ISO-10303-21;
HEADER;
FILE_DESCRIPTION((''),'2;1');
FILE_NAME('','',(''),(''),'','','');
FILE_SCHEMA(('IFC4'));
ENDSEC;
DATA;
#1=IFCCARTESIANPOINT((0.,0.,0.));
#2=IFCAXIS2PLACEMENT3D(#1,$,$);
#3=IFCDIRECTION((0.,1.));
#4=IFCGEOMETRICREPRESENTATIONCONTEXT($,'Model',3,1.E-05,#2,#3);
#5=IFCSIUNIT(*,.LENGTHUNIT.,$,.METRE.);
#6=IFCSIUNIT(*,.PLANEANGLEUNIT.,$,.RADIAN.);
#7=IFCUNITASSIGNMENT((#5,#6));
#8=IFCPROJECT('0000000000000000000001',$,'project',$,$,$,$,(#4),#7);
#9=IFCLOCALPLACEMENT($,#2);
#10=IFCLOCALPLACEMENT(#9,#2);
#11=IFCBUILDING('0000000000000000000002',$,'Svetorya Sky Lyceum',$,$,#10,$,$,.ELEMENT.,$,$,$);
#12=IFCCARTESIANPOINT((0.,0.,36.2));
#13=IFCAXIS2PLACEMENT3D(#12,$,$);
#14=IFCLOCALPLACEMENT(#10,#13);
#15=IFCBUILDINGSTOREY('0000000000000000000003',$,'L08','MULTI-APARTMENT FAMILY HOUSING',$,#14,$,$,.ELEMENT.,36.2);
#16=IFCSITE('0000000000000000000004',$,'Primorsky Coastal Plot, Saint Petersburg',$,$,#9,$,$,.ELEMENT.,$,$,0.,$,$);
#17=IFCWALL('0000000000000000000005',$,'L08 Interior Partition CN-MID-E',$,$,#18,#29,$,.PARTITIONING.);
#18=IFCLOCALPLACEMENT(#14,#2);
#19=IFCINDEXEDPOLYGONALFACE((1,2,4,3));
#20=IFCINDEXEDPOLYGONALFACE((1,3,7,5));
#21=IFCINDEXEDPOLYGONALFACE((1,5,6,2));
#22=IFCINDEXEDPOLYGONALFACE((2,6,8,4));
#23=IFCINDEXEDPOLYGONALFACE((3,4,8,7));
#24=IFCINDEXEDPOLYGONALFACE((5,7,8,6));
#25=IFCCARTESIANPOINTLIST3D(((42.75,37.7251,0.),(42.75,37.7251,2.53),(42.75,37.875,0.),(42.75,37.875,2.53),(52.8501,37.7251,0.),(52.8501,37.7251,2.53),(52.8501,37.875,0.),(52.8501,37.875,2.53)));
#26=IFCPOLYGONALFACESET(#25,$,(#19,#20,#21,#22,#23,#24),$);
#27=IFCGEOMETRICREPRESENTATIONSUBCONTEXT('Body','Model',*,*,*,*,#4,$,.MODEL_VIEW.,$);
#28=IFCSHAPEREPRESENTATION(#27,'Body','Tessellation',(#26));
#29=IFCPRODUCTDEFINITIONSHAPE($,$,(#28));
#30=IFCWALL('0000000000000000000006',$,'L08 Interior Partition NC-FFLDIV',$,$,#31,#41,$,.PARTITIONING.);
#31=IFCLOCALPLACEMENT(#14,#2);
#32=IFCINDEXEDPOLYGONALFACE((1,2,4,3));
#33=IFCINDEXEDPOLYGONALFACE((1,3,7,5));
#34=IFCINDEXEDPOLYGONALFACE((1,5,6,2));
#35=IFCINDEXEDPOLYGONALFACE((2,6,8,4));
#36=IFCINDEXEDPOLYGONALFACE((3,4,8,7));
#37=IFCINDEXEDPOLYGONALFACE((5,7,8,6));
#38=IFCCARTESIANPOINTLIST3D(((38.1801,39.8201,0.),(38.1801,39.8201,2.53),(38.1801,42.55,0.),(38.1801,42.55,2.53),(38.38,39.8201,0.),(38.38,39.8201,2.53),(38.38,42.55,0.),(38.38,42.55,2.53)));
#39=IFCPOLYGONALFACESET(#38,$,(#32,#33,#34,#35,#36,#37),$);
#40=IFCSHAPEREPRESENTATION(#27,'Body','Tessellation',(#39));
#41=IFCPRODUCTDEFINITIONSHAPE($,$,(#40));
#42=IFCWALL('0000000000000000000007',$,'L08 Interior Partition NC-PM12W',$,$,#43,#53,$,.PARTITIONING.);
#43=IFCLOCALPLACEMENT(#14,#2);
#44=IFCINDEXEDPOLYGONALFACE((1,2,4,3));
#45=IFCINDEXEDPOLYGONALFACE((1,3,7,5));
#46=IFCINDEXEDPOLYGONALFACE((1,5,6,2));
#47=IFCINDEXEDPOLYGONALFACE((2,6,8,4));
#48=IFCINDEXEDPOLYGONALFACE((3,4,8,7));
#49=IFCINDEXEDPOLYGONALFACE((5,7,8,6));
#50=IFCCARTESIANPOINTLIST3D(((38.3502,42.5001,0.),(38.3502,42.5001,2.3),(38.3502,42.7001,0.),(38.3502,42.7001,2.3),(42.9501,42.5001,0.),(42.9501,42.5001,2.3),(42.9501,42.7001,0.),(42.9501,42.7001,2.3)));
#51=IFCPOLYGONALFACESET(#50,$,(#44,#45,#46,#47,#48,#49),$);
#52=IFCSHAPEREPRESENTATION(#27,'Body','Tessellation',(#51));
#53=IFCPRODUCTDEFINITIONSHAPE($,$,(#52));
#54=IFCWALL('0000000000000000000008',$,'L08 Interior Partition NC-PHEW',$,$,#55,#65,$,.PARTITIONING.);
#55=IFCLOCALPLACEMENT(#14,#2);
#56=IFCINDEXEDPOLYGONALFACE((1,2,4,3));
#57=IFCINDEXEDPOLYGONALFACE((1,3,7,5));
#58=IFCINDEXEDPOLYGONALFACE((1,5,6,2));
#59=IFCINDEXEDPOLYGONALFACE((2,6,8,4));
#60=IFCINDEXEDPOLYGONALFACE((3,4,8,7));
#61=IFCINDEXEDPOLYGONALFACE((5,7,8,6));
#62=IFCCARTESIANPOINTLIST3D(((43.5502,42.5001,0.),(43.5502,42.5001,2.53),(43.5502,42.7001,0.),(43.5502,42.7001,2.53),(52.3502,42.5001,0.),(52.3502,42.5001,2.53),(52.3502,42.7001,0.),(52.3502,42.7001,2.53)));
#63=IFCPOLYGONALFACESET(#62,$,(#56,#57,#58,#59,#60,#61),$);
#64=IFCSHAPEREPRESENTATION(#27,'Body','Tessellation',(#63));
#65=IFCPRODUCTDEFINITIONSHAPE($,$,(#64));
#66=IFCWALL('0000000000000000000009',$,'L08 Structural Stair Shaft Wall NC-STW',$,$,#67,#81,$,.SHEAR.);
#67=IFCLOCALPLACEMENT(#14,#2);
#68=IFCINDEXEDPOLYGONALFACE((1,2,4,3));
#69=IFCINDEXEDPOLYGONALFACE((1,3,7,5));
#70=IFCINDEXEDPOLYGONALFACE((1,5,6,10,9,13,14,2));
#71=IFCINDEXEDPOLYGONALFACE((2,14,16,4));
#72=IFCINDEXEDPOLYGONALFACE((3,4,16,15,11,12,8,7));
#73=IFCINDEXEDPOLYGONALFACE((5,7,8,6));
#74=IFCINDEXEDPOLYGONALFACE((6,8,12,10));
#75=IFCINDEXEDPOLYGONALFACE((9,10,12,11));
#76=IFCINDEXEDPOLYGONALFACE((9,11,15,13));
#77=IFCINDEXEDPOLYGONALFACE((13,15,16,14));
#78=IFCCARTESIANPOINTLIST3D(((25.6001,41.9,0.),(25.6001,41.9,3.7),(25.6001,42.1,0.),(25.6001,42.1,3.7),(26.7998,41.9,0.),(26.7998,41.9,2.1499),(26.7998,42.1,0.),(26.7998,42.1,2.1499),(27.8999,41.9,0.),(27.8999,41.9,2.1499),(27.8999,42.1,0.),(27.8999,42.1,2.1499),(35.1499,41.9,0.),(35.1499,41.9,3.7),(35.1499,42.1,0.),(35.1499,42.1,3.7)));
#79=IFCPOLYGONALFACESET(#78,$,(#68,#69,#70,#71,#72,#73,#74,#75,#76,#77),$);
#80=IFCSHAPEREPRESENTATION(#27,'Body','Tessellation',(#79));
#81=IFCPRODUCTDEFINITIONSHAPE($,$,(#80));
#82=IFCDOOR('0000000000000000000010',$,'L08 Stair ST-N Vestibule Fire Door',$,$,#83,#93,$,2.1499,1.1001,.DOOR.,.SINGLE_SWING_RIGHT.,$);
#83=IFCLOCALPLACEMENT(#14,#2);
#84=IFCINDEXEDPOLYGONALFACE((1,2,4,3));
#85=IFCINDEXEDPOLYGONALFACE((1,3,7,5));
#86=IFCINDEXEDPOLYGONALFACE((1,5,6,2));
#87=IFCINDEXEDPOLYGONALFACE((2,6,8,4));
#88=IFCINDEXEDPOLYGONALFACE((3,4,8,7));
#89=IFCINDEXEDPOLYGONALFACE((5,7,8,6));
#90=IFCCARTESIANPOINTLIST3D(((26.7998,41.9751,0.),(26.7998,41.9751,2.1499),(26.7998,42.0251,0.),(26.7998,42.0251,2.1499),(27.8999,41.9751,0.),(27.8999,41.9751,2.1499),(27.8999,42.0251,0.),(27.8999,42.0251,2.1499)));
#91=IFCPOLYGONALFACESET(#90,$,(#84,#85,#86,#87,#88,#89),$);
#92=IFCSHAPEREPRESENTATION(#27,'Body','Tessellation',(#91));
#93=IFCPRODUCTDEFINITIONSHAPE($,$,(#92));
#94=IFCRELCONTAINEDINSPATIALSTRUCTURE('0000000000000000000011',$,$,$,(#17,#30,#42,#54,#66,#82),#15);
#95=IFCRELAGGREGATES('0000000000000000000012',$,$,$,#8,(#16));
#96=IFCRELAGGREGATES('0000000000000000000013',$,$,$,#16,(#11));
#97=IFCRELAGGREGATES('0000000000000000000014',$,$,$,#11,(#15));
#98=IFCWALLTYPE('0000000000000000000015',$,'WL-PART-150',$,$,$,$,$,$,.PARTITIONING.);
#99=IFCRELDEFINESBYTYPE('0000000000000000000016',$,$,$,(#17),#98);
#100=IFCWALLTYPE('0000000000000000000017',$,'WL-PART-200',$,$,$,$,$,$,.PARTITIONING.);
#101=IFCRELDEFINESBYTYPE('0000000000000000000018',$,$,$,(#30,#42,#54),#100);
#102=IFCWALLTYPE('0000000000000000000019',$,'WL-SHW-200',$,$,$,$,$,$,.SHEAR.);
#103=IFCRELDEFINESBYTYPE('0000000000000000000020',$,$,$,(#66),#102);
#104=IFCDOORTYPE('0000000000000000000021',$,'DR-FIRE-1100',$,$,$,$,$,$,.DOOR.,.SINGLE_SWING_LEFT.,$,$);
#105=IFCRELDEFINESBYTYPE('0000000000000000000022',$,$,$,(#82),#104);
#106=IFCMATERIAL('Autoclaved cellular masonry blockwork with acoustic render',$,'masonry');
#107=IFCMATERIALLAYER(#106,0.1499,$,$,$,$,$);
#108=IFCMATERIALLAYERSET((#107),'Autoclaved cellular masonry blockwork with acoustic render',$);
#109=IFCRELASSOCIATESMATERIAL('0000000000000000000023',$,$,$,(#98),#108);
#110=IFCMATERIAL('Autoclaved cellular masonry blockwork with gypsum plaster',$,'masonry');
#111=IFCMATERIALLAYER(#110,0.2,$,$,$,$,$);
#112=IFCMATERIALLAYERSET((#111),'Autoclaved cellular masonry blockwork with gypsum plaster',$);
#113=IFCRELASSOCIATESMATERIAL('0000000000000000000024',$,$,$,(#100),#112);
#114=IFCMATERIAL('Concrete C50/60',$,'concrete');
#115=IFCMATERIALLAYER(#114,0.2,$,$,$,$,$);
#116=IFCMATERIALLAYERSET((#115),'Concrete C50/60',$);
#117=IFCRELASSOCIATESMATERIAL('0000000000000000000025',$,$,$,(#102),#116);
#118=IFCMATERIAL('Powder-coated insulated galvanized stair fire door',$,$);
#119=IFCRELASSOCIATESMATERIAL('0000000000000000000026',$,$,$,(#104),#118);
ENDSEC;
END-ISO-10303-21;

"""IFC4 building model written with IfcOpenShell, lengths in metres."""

from ifc_helpers import new_model, si_unit, direction, frame, frame_2d, origin, place, context, subcontext, project, spatial, rectangle, extrude, material, layer, layer_set, type_object, element, fill, save


model = new_model("IFC4")

# Units and contexts
model_context = context("Model", 3, precision=1e-05, world=origin(), true_north=direction((0.0, 1.0)))
body_context = subcontext(model_context, "Body", "Model", "MODEL_VIEW")
ifc_project = project(units=[si_unit("LENGTHUNIT", "METRE"), si_unit("PLANEANGLEUNIT", "RADIAN")], contexts=[model_context])

# Site, building, storey
site_placement = place(None, origin())
site = spatial("IfcSite", under=ifc_project, at=site_placement, Name="Primorsky Coastal Plot, Saint Petersburg", CompositionType="ELEMENT", RefElevation=0.0)
building_placement = place(site_placement, origin())
building = spatial("IfcBuilding", under=site, at=building_placement, Name="Svetorya Sky Lyceum", CompositionType="ELEMENT")
storey_placement = place(building_placement, frame((0.0, 0.0, 36.2)))
storey = spatial("IfcBuildingStorey", under=building, at=storey_placement, Name="L08", Description="MULTI-APARTMENT FAMILY HOUSING", CompositionType="ELEMENT", Elevation=36.2)

# Shared definitions
ifc_material_1 = material(Name="Concrete C50/60", Category="concrete")

# Wall
ifc_material_2 = material(Name="Autoclaved cellular masonry blockwork with acoustic render", Category="masonry")
ifc_layer_1 = layer(ifc_material_2, 0.1499)
ifc_layer_set_1 = layer_set([ifc_layer_1], Name="Autoclaved cellular masonry blockwork with acoustic render")
wall_type_1 = type_object("IfcWallType", Name="WL-PART-150", PredefinedType="PARTITIONING", material=ifc_layer_set_1)
wall_1_placement = place(storey_placement, frame((42.75, 37.8, 0.0), z_axis=(0.0, 0.0, 1.0), x_axis=(1.0, 0.0, 0.0)))
element("IfcWall", 1, at=wall_1_placement, inside=storey, type_object=wall_type_1, Name="L08 Interior Partition CN-MID-E", PredefinedType="PARTITIONING", context=body_context, shape_type="SweptSolid", body=[
    extrude(rectangle(XDim=10.1001, YDim=0.1499, at=frame_2d((5.05, 0.0))), origin(), (0.0, 0.0, 1.0), 2.53),
])

# Shared definitions
ifc_material_3 = material(Name="Autoclaved cellular masonry blockwork with gypsum plaster", Category="masonry")
ifc_layer_2 = layer(ifc_material_3, 0.2)
ifc_layer_set_2 = layer_set([ifc_layer_2], Name="Autoclaved cellular masonry blockwork with gypsum plaster")
wall_type_2 = type_object("IfcWallType", Name="WL-PART-200", PredefinedType="PARTITIONING", material=ifc_layer_set_2)

# Walls
wall_2_placement = place(storey_placement, frame((38.28, 39.8201, 0.0), z_axis=(0.0, 0.0, 1.0), x_axis=(0.0, 1.0, 0.0)))
element("IfcWall", 2, at=wall_2_placement, inside=storey, type_object=wall_type_2, Name="L08 Interior Partition NC-FFLDIV", PredefinedType="PARTITIONING", context=body_context, shape_type="SweptSolid", body=[
    extrude(rectangle(XDim=2.73, YDim=0.2, at=frame_2d((1.365, 0.0))), origin(), (0.0, 0.0, 1.0), 2.53),
])
wall_3_placement = place(storey_placement, frame((42.95, 42.6001, 0.0), z_axis=(0.0, 0.0, 1.0), x_axis=(-1.0, 0.0, 0.0)))
element("IfcWall", 3, at=wall_3_placement, inside=storey, type_object=wall_type_2, Name="L08 Interior Partition NC-PM12W", PredefinedType="PARTITIONING", context=body_context, shape_type="SweptSolid", body=[
    extrude(rectangle(XDim=4.5999, YDim=0.2, at=frame_2d((2.2998, 0.0))), origin(), (0.0, 0.0, 1.0), 2.3),
])
wall_4_placement = place(storey_placement, frame((52.3501, 42.6001, 0.0), z_axis=(0.0, 0.0, 1.0), x_axis=(-1.0, 0.0, 0.0)))
element("IfcWall", 4, at=wall_4_placement, inside=storey, type_object=wall_type_2, Name="L08 Interior Partition NC-PHEW", PredefinedType="PARTITIONING", context=body_context, shape_type="SweptSolid", body=[
    extrude(rectangle(XDim=8.8, YDim=0.2, at=frame_2d((4.3999, 0.0))), origin(), (0.0, 0.0, 1.0), 2.53),
])

# Wall, opening, door
ifc_layer_3 = layer(ifc_material_1, 0.2)
ifc_layer_set_3 = layer_set([ifc_layer_3], Name="Concrete C50/60")
wall_type_3 = type_object("IfcWallType", Name="WL-SHW-200", PredefinedType="SHEAR", material=ifc_layer_set_3)
wall_5_placement = place(storey_placement, frame((35.1499, 42.0, 0.0), z_axis=(0.0, 0.0, 1.0), x_axis=(-1.0, 0.0, 0.0)))
wall_5 = element("IfcWall", 5, at=wall_5_placement, inside=storey, type_object=wall_type_3, Name="L08 Structural Stair Shaft Wall NC-STW", PredefinedType="SHEAR", context=body_context, shape_type="SweptSolid", body=[
    extrude(rectangle(XDim=9.5498, YDim=0.2, at=frame_2d((4.7749, 0.0))), origin(), (0.0, 0.0, 1.0), 3.7),
])
opening_1_placement = place(wall_5_placement, frame((7.25, 0.0, 0.0)))
opening_1 = element("IfcOpeningElement", 6, at=opening_1_placement, cuts=wall_5, PredefinedType="OPENING", context=body_context, shape_type="SweptSolid", body=[
    extrude(rectangle(XDim=1.1001, YDim=2.1499, at=frame_2d((0.55, 1.075))), frame((0.0, 0.1099, 0.0), z_axis=(0.0, -1.0, 0.0), x_axis=(1.0, 0.0, 0.0)), (0.0, 0.0, 1.0), 0.22),
])
ifc_material_4 = material(Name="Powder-coated insulated galvanized stair fire door")
door_type_1 = type_object("IfcDoorType", Name="DR-FIRE-1100", OperationType="SINGLE_SWING_LEFT", PredefinedType="DOOR", material=ifc_material_4)
door_1_placement = place(opening_1_placement, origin())
door_1 = element("IfcDoor", 7, at=door_1_placement, inside=storey, type_object=door_type_1, Name="L08 Stair ST-N Vestibule Fire Door", OperationType="SINGLE_SWING_RIGHT", OverallHeight=2.1499, OverallWidth=1.1001, PredefinedType="DOOR", context=body_context, shape_type="SweptSolid", body=[
    extrude(rectangle(XDim=1.1001, YDim=2.1499, at=frame_2d((0.55, 1.075))), frame((0.0, 0.0249, 0.0), z_axis=(0.0, -1.0, 0.0), x_axis=(1.0, 0.0, 0.0)), (0.0, 0.0, 1.0), 0.05),
])
fill(opening_1, door_1)

save(model, "model.ifc")
